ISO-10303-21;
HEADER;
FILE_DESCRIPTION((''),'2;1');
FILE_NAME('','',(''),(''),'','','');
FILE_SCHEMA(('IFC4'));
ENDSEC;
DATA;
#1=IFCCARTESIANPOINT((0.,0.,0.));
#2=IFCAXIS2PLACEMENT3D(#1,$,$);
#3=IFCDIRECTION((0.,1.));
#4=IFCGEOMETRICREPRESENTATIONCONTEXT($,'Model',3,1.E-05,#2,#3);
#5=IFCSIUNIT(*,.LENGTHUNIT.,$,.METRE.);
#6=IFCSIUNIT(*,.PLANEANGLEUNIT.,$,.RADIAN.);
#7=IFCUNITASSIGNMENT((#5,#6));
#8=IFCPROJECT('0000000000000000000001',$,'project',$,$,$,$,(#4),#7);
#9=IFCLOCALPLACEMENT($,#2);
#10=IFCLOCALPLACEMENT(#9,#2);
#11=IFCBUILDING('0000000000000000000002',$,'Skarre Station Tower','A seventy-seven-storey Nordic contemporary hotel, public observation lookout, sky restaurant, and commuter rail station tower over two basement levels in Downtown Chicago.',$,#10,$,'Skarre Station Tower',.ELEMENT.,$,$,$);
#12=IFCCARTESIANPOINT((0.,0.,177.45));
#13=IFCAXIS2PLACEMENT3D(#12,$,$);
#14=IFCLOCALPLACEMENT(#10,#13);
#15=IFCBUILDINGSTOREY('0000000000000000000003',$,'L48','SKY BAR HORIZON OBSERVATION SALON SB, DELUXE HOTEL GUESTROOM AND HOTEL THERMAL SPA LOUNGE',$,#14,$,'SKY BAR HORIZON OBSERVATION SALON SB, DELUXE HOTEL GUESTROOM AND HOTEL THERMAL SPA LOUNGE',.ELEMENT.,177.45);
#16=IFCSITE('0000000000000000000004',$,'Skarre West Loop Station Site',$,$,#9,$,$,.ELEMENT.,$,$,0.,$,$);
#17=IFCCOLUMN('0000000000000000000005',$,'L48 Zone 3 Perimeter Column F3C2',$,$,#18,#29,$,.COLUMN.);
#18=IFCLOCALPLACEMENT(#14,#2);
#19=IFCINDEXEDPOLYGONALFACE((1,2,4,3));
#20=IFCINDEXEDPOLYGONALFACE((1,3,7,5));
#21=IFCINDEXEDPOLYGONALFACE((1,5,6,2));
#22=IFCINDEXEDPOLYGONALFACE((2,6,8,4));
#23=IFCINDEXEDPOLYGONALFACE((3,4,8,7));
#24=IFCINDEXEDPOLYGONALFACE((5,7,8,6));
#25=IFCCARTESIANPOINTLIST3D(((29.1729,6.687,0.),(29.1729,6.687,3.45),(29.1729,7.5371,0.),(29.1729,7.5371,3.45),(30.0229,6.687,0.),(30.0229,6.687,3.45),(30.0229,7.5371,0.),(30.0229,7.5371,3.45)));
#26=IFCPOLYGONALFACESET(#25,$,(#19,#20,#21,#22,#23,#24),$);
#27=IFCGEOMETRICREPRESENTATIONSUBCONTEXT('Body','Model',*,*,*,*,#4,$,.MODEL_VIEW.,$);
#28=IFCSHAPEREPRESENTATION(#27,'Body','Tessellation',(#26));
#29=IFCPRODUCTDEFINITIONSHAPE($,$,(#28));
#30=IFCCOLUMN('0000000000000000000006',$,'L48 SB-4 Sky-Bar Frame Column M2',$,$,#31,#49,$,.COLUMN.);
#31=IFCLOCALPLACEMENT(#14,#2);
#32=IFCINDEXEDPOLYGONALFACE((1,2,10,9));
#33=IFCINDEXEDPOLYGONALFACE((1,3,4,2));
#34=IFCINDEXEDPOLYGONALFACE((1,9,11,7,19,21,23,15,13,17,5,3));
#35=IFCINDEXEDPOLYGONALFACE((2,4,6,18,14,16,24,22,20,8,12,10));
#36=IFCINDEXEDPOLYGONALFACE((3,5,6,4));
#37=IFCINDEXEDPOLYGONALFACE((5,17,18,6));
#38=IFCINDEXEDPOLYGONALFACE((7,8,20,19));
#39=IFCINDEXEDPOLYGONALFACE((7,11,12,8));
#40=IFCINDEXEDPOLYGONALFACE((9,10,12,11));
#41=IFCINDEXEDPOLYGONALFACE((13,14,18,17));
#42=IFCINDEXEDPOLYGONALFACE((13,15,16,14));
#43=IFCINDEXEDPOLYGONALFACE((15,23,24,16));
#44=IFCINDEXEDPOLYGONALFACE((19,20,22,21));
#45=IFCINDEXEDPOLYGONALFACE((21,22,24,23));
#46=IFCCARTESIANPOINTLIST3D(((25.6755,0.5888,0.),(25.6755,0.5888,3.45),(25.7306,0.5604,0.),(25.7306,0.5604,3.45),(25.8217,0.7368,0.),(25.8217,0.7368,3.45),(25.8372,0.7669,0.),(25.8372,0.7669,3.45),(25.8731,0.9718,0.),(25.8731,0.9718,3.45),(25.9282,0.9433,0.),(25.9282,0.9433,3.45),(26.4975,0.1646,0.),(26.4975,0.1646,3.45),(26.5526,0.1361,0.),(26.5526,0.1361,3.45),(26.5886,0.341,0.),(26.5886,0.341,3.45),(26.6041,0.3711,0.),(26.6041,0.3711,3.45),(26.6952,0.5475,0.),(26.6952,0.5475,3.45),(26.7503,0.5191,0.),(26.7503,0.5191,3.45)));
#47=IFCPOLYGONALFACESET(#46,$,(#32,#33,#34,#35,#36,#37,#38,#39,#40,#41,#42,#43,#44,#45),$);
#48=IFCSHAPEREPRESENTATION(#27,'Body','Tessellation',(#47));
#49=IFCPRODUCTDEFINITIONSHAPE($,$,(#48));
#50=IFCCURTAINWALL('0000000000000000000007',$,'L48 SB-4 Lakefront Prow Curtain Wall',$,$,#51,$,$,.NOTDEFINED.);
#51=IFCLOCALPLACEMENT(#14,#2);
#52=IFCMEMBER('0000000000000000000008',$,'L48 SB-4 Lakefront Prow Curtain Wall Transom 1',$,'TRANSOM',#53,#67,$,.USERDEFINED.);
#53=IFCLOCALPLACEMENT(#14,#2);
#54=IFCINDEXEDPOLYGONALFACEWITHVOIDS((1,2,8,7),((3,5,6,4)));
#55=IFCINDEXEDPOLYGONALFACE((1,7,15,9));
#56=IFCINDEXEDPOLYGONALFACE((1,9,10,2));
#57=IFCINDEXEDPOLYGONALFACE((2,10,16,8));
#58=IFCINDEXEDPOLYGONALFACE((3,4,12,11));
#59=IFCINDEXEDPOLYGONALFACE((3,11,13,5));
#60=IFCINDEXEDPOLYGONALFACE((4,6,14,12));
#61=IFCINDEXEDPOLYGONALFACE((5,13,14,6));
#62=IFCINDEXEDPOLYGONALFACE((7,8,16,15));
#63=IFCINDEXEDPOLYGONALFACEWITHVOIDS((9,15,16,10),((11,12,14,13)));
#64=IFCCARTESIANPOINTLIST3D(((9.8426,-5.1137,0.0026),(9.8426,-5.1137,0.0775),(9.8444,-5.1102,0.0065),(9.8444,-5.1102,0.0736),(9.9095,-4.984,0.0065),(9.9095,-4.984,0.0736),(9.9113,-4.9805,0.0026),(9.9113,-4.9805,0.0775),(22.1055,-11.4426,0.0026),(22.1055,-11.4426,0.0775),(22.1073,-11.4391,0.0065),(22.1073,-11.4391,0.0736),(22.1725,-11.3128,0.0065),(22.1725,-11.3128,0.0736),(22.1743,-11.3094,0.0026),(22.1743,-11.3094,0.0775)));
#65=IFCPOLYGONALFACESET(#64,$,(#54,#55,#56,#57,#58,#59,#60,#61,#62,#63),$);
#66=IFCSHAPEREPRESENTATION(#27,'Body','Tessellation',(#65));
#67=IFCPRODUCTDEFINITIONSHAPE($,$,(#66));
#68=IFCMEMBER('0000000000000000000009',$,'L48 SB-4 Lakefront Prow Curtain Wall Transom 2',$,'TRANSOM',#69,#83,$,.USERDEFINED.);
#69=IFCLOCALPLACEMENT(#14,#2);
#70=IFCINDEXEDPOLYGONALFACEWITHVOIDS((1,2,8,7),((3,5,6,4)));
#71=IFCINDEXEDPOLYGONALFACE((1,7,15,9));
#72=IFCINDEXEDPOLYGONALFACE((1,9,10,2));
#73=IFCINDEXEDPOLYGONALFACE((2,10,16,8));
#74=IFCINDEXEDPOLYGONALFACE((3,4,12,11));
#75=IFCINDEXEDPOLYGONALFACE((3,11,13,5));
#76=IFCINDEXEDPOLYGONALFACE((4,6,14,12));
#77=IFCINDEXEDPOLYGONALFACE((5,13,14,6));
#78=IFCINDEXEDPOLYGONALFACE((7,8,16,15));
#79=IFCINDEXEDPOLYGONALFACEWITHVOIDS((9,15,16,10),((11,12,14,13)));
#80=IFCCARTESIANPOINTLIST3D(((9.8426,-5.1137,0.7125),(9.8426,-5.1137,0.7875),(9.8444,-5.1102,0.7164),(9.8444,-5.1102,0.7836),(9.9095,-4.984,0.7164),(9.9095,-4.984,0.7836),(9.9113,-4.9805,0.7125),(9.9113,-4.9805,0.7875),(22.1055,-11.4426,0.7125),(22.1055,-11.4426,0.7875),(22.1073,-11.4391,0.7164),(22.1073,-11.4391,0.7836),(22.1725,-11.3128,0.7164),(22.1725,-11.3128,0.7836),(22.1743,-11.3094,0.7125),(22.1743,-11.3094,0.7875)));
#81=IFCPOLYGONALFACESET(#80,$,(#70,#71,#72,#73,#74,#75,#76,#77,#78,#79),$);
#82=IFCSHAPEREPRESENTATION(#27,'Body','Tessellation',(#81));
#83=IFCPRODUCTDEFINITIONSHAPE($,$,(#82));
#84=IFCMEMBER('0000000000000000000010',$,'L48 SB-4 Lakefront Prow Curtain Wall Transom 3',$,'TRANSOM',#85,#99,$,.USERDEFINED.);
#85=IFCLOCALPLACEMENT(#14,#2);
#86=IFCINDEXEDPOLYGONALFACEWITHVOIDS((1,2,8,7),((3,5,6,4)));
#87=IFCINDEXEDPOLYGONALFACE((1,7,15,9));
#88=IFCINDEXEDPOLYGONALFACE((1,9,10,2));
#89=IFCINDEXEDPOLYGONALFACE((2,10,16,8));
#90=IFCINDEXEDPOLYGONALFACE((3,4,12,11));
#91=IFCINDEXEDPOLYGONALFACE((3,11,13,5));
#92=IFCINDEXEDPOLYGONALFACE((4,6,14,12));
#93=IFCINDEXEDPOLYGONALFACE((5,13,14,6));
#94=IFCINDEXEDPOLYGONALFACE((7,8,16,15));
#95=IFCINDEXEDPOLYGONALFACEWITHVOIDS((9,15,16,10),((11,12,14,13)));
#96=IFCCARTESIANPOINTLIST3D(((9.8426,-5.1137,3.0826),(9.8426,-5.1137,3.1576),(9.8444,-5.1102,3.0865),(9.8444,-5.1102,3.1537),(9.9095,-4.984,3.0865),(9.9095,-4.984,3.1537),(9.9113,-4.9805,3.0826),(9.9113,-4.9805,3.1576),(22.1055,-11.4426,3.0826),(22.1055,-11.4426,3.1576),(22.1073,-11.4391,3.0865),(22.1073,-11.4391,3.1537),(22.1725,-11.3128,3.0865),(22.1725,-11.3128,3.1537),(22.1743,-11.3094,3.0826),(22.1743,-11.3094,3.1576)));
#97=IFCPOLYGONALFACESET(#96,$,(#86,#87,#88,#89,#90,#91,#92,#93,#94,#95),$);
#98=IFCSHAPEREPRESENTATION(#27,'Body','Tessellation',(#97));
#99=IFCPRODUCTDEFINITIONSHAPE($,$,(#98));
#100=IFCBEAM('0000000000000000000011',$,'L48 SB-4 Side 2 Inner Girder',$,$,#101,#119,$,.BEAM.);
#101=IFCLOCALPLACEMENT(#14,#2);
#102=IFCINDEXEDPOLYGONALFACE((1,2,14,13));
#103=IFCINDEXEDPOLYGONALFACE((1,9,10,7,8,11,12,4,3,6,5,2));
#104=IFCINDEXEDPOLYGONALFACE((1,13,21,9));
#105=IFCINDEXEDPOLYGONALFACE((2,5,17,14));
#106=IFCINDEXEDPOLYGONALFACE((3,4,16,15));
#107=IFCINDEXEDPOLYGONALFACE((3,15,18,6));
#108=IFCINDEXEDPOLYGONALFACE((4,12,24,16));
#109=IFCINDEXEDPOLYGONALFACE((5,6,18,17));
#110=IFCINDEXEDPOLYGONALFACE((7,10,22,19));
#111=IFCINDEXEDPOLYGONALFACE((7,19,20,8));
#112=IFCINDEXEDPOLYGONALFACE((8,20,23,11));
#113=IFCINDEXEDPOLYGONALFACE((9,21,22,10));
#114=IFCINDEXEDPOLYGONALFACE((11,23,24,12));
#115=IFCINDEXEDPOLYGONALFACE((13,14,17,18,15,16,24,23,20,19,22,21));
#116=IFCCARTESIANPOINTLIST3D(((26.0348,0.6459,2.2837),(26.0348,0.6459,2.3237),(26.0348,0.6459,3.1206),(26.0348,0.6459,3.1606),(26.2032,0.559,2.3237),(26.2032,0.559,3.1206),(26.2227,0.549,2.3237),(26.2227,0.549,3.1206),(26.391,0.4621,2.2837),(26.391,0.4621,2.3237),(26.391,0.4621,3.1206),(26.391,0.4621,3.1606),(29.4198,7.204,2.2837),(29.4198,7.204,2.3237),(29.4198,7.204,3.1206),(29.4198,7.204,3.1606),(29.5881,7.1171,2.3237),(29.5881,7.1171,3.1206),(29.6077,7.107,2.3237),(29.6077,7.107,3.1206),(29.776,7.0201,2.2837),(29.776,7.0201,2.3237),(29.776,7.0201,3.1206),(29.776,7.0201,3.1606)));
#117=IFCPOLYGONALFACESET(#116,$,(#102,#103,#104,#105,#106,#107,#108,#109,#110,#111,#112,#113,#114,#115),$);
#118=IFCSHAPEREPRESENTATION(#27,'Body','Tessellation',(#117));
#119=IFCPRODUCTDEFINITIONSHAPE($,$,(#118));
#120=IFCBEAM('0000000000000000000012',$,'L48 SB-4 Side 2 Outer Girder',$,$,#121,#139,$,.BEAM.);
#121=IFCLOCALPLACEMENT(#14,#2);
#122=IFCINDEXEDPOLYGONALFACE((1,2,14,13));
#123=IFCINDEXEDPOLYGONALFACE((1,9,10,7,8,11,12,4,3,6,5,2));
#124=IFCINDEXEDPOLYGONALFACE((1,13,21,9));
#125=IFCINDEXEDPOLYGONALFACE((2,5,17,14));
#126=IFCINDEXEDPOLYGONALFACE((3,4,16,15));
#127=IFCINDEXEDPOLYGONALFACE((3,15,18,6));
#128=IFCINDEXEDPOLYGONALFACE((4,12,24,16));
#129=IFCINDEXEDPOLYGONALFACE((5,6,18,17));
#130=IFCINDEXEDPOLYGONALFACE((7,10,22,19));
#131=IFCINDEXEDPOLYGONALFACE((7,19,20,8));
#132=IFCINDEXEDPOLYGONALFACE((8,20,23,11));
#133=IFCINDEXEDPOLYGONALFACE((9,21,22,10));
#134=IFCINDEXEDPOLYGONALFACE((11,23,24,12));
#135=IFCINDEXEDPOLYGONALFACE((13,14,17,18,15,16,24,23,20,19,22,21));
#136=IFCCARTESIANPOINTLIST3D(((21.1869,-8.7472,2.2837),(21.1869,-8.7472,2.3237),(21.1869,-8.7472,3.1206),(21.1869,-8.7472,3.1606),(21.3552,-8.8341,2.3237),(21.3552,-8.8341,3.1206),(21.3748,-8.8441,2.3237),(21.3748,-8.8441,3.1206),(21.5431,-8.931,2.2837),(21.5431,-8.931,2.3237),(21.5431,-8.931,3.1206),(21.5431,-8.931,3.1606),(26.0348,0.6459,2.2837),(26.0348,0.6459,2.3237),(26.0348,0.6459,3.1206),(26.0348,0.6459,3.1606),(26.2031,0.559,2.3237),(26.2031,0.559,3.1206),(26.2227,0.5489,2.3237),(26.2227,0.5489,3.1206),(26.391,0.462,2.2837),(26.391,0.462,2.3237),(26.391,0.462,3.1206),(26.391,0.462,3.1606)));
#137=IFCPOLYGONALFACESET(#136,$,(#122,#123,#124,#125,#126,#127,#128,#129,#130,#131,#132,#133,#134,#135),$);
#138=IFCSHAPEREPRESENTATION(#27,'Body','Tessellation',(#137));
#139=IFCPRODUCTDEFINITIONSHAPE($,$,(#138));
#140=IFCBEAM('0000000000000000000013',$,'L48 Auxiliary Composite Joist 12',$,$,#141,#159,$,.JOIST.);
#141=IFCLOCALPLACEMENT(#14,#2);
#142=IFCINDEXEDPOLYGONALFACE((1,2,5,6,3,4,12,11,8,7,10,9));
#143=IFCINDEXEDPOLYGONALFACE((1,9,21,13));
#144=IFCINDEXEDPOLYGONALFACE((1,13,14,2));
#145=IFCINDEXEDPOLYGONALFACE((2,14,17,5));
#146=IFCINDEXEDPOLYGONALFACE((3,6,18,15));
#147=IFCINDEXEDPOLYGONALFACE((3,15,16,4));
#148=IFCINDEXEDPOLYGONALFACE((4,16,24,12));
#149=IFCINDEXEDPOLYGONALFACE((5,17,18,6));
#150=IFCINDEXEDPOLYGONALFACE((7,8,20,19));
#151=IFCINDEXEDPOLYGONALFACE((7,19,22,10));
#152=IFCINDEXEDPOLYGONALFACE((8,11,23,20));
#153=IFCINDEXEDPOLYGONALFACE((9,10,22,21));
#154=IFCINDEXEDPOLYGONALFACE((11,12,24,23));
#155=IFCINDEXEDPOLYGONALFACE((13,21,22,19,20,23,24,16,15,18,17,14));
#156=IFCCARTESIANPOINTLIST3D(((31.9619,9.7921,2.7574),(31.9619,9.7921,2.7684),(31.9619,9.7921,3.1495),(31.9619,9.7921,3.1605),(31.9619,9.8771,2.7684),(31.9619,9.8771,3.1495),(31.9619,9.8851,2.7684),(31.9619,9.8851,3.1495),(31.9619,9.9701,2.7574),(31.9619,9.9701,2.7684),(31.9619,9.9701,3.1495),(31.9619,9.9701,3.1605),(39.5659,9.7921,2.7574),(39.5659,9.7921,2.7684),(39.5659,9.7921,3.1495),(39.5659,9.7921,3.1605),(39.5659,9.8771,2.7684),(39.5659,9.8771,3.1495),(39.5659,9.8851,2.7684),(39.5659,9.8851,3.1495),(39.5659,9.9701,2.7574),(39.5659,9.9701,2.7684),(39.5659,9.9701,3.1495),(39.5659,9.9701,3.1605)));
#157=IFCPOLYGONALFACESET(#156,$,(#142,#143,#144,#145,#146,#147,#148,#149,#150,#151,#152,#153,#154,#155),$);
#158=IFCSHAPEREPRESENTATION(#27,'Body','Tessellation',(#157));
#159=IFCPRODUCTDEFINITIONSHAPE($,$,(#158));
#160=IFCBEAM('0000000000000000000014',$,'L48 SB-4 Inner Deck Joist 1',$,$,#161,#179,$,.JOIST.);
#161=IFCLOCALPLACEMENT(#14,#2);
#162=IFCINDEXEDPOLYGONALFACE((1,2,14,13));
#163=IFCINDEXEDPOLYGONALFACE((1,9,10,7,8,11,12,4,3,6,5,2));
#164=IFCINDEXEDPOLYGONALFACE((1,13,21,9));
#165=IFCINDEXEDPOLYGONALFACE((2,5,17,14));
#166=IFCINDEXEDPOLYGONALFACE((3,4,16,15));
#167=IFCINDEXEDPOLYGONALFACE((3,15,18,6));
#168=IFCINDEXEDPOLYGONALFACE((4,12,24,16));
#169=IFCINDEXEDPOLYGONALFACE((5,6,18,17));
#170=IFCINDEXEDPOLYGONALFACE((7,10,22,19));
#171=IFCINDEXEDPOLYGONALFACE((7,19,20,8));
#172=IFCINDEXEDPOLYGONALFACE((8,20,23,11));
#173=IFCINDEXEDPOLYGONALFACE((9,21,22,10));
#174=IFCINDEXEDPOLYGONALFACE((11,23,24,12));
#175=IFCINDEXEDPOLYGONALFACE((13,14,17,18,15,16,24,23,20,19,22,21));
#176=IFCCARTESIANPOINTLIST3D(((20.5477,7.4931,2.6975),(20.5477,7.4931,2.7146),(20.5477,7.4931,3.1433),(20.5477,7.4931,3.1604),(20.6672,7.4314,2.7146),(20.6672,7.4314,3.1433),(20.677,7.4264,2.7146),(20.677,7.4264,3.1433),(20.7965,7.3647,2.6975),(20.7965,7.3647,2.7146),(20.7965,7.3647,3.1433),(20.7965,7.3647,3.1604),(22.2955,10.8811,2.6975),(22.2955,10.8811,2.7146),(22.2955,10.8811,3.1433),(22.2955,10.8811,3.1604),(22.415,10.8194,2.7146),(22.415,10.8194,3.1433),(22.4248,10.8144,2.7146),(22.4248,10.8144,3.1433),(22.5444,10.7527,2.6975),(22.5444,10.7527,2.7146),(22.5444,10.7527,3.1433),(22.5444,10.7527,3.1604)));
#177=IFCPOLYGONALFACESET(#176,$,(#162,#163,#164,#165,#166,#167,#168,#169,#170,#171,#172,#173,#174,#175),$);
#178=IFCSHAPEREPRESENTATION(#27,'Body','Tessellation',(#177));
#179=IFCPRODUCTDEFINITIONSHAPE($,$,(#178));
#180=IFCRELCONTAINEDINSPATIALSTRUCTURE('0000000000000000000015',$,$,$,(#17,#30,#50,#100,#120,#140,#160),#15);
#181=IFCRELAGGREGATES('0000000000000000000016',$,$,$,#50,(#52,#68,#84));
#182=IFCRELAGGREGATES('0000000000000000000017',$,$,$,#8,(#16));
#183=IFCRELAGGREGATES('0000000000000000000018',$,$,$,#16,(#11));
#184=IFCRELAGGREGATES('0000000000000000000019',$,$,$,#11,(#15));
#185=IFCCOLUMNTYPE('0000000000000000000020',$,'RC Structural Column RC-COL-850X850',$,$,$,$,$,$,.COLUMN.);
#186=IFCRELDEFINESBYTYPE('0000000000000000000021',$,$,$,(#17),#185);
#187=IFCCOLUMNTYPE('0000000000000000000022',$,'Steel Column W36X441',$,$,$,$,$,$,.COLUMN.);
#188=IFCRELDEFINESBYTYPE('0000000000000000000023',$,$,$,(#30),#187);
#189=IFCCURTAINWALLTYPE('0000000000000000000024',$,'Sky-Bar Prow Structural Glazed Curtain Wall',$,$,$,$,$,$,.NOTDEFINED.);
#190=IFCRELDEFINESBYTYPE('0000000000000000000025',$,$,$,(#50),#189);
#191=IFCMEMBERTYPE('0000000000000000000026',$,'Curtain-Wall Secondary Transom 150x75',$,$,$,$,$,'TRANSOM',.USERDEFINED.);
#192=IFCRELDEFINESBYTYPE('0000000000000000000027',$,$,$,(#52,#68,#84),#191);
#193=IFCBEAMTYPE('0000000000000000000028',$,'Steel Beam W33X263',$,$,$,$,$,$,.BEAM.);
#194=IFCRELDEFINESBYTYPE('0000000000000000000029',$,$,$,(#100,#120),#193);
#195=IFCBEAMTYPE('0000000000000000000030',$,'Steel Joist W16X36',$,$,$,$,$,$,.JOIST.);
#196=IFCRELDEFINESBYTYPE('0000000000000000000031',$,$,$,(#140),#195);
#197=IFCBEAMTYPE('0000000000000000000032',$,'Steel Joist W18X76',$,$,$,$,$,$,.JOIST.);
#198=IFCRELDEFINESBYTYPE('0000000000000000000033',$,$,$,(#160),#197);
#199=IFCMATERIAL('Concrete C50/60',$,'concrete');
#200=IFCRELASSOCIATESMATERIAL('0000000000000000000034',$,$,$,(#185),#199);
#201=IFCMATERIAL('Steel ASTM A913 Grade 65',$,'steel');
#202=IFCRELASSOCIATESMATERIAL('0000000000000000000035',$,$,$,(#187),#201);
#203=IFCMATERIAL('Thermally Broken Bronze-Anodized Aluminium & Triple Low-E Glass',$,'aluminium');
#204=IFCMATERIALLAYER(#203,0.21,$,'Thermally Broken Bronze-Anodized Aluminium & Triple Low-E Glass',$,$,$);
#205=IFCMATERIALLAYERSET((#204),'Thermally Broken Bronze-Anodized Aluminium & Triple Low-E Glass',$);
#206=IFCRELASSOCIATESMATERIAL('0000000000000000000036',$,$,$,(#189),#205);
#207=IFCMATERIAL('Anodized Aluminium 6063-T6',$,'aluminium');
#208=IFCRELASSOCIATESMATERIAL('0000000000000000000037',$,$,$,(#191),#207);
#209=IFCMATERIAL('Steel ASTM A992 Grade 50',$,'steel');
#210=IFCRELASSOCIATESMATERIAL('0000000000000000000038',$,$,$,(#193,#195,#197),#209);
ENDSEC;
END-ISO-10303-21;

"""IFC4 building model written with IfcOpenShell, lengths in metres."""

from ifc_helpers import new_model, si_unit, direction, frame, origin, origin_2d, place, context, subcontext, project, spatial, rectangle, hollow_rectangle, i_section, extrude, material, layer, layer_set, material_profile, profile_set, type_object, element, aggregate, save


model = new_model("IFC4")

# Units and contexts
model_context = context("Model", 3, precision=1e-05, world=origin(), true_north=direction((0.0, 1.0)))
body_context = subcontext(model_context, "Body", "Model", "MODEL_VIEW")
ifc_project = project(units=[si_unit("LENGTHUNIT", "METRE"), si_unit("PLANEANGLEUNIT", "RADIAN")], contexts=[model_context])

# Site, building, storey
site_placement = place(None, origin())
site = spatial("IfcSite", under=ifc_project, at=site_placement, Name="Skarre West Loop Station Site", CompositionType="ELEMENT", RefElevation=0.0)
building_placement = place(site_placement, origin())
building = spatial("IfcBuilding", under=site, at=building_placement, Name="Skarre Station Tower", Description="A seventy-seven-storey Nordic contemporary hotel, public observation lookout, sky restaurant, and commuter rail station tower over two basement levels in Downtown Chicago.", LongName="Skarre Station Tower", CompositionType="ELEMENT")
storey_placement = place(building_placement, frame((0.0, 0.0, 177.45)))
storey = spatial("IfcBuildingStorey", under=building, at=storey_placement, Name="L48", Description="SKY BAR HORIZON OBSERVATION SALON SB, DELUXE HOTEL GUESTROOM AND HOTEL THERMAL SPA LOUNGE", LongName="SKY BAR HORIZON OBSERVATION SALON SB, DELUXE HOTEL GUESTROOM AND HOTEL THERMAL SPA LOUNGE", CompositionType="ELEMENT", Elevation=177.45)

# Columns
ifc_material_1 = material(Name="Concrete C50/60", Category="concrete")
ifc_material_profile_1 = material_profile(ifc_material_1, rectangle(XDim=0.8501, YDim=0.8501, at=origin_2d()), Name="Concrete C50/60")
ifc_profile_set_1 = profile_set([ifc_material_profile_1], Name="Concrete C50/60")
column_type_1 = type_object("IfcColumnType", Name="RC Structural Column RC-COL-850X850", PredefinedType="COLUMN", material=ifc_profile_set_1)
column_1_placement = place(storey_placement, frame((29.5979, 7.1121, 0.0), z_axis=(0.0, 0.0, 1.0), x_axis=(1.0, 0.0, 0.0)))
element("IfcColumn", 1, at=column_1_placement, inside=storey, type_object=column_type_1, Name="L48 Zone 3 Perimeter Column F3C2", PredefinedType="COLUMN", context=body_context, shape_type="SweptSolid", body=[
    extrude(rectangle(XDim=0.8501, YDim=0.8501, at=origin_2d()), origin(), (0.0, 0.0, 1.0), 3.45),
])
ifc_material_2 = material(Name="Steel ASTM A913 Grade 65", Category="steel")
ifc_material_profile_2 = material_profile(ifc_material_2, i_section(OverallWidth=0.4309, OverallDepth=0.9871, WebThickness=0.0339, FlangeThickness=0.062, at=origin_2d()), Name="Steel ASTM A913 Grade 65")
ifc_profile_set_2 = profile_set([ifc_material_profile_2], Name="Steel ASTM A913 Grade 65")
column_type_2 = type_object("IfcColumnType", Name="Steel Column W36X441", PredefinedType="COLUMN", material=ifc_profile_set_2)
column_2_placement = place(storey_placement, frame((26.2129, 0.554, 0.0), z_axis=(0.0, 0.0, 1.0), x_axis=(-0.458634, -0.888625, 0.0)))
element("IfcColumn", 2, at=column_2_placement, inside=storey, type_object=column_type_2, Name="L48 SB-4 Sky-Bar Frame Column M2", PredefinedType="COLUMN", context=body_context, shape_type="SweptSolid", body=[
    extrude(i_section(OverallWidth=0.4309, OverallDepth=0.9871, WebThickness=0.0339, FlangeThickness=0.062, at=origin_2d()), origin(), (0.0, 0.0, 1.0), 3.45),
])

# Curtain wall, members
ifc_material_3 = material(Name="Thermally Broken Bronze-Anodized Aluminium & Triple Low-E Glass", Category="aluminium")
ifc_layer_1 = layer(ifc_material_3, 0.21, Name="Thermally Broken Bronze-Anodized Aluminium & Triple Low-E Glass")
ifc_layer_set_1 = layer_set([ifc_layer_1], Name="Thermally Broken Bronze-Anodized Aluminium & Triple Low-E Glass")
curtain_wall_type = type_object("IfcCurtainWallType", Name="Sky-Bar Prow Structural Glazed Curtain Wall", PredefinedType="NOTDEFINED", material=ifc_layer_set_1)
curtain_wall_placement = place(storey_placement, origin())
curtain_wall = element("IfcCurtainWall", 3, at=curtain_wall_placement, inside=storey, type_object=curtain_wall_type, Name="L48 SB-4 Lakefront Prow Curtain Wall", PredefinedType="NOTDEFINED")
ifc_material_4 = material(Name="Anodized Aluminium 6063-T6", Category="aluminium")
ifc_material_profile_3 = material_profile(ifc_material_4, hollow_rectangle(XDim=0.075, YDim=0.1499, WallThickness=0.0039, at=origin_2d()), Name="Anodized Aluminium 6063-T6")
ifc_profile_set_3 = profile_set([ifc_material_profile_3], Name="Anodized Aluminium 6063-T6")
member_type = type_object("IfcMemberType", Name="Curtain-Wall Secondary Transom 150x75", ElementType="TRANSOM", PredefinedType="USERDEFINED", material=ifc_profile_set_3)
member_1_placement = place(storey_placement, frame((22.1399, -11.376, 0.04), z_axis=(-0.888633, 0.45862, 0.0), x_axis=(0.0, 0.0, 1.0)))
member_1 = element("IfcMember", 4, at=member_1_placement, type_object=member_type, Name="L48 SB-4 Lakefront Prow Curtain Wall Transom 1", ObjectType="TRANSOM", PredefinedType="USERDEFINED", context=body_context, shape_type="SweptSolid", body=[
    extrude(hollow_rectangle(XDim=0.075, YDim=0.1499, WallThickness=0.0039, at=origin_2d()), origin(), (0.0, 0.0, 1.0), 13.7998),
])
member_2_placement = place(storey_placement, frame((22.1399, -11.376, 0.75), z_axis=(-0.888633, 0.45862, 0.0), x_axis=(0.0, 0.0, 1.0)))
member_2 = element("IfcMember", 5, at=member_2_placement, type_object=member_type, Name="L48 SB-4 Lakefront Prow Curtain Wall Transom 2", ObjectType="TRANSOM", PredefinedType="USERDEFINED", context=body_context, shape_type="SweptSolid", body=[
    extrude(hollow_rectangle(XDim=0.075, YDim=0.1499, WallThickness=0.0039, at=origin_2d()), origin(), (0.0, 0.0, 1.0), 13.7998),
])
member_3_placement = place(storey_placement, frame((22.1399, -11.376, 3.1201), z_axis=(-0.888633, 0.45862, 0.0), x_axis=(0.0, 0.0, 1.0)))
member_3 = element("IfcMember", 6, at=member_3_placement, type_object=member_type, Name="L48 SB-4 Lakefront Prow Curtain Wall Transom 3", ObjectType="TRANSOM", PredefinedType="USERDEFINED", context=body_context, shape_type="SweptSolid", body=[
    extrude(hollow_rectangle(XDim=0.075, YDim=0.1499, WallThickness=0.0039, at=origin_2d()), origin(), (0.0, 0.0, 1.0), 13.7998),
])
aggregate(curtain_wall, [member_1, member_2, member_3])

# Beams
ifc_material_5 = material(Name="Steel ASTM A992 Grade 50", Category="steel")
ifc_material_profile_4 = material_profile(ifc_material_5, i_section(OverallWidth=0.4009, OverallDepth=0.877, WebThickness=0.022, FlangeThickness=0.04, at=origin_2d()), Name="Steel ASTM A992 Grade 50")
ifc_profile_set_4 = profile_set([ifc_material_profile_4], Name="Steel ASTM A992 Grade 50")
beam_type_1 = type_object("IfcBeamType", Name="Steel Beam W33X263", PredefinedType="BEAM", material=ifc_profile_set_4)
beam_1_placement = place(storey_placement, frame((29.5979, 7.1121, 2.7222), z_axis=(-0.458662, -0.888611, 0.0), x_axis=(0.888611, -0.458662, 0.0)))
element("IfcBeam", 7, at=beam_1_placement, inside=storey, type_object=beam_type_1, Name="L48 SB-4 Side 2 Inner Girder", PredefinedType="BEAM", context=body_context, shape_type="SweptSolid", body=[
    extrude(i_section(OverallWidth=0.4009, OverallDepth=0.877, WebThickness=0.022, FlangeThickness=0.04, at=origin_2d()), origin(), (0.0, 0.0, 1.0), 7.3801),
])
beam_2_placement = place(storey_placement, frame((26.2129, 0.554, 2.7222), z_axis=(-0.458633, -0.888626, 0.0), x_axis=(0.888626, -0.458633, 0.0)))
element("IfcBeam", 8, at=beam_2_placement, inside=storey, type_object=beam_type_1, Name="L48 SB-4 Side 2 Outer Girder", PredefinedType="BEAM", context=body_context, shape_type="SweptSolid", body=[
    extrude(i_section(OverallWidth=0.4009, OverallDepth=0.877, WebThickness=0.022, FlangeThickness=0.04, at=origin_2d()), origin(), (0.0, 0.0, 1.0), 10.5703),
])
ifc_material_profile_5 = material_profile(ifc_material_5, i_section(OverallWidth=0.178, OverallDepth=0.4031, WebThickness=0.0081, FlangeThickness=0.011, at=origin_2d()), Name="Steel ASTM A992 Grade 50")
ifc_profile_set_5 = profile_set([ifc_material_profile_5], Name="Steel ASTM A992 Grade 50")
beam_type_2 = type_object("IfcBeamType", Name="Steel Joist W16X36", PredefinedType="JOIST", material=ifc_profile_set_5)
beam_3_placement = place(storey_placement, frame((31.9619, 9.8811, 2.959), z_axis=(1.0, 0.0, 0.0), x_axis=(0.0, 1.0, 0.0)))
element("IfcBeam", 9, at=beam_3_placement, inside=storey, type_object=beam_type_2, Name="L48 Auxiliary Composite Joist 12", PredefinedType="JOIST", context=body_context, shape_type="SweptSolid", body=[
    extrude(i_section(OverallWidth=0.178, OverallDepth=0.4031, WebThickness=0.0081, FlangeThickness=0.011, at=origin_2d()), origin(), (0.0, 0.0, 1.0), 7.604),
])
ifc_material_profile_6 = material_profile(ifc_material_5, i_section(OverallWidth=0.28, OverallDepth=0.4629, WebThickness=0.011, FlangeThickness=0.0171, at=origin_2d()), Name="Steel ASTM A992 Grade 50")
ifc_profile_set_6 = profile_set([ifc_material_profile_6], Name="Steel ASTM A992 Grade 50")
beam_type_3 = type_object("IfcBeamType", Name="Steel Joist W18X76", PredefinedType="JOIST", material=ifc_profile_set_6)
beam_4_placement = place(storey_placement, frame((22.4199, 10.8169, 2.929), z_axis=(-0.458475, -0.888707, 0.0), x_axis=(0.888707, -0.458475, 0.0)))
element("IfcBeam", 10, at=beam_4_placement, inside=storey, type_object=beam_type_3, Name="L48 SB-4 Inner Deck Joist 1", PredefinedType="JOIST", context=body_context, shape_type="SweptSolid", body=[
    extrude(i_section(OverallWidth=0.28, OverallDepth=0.4629, WebThickness=0.011, FlangeThickness=0.0171, at=origin_2d()), origin(), (0.0, 0.0, 1.0), 3.8123),
])

save(model, "model.ifc")
